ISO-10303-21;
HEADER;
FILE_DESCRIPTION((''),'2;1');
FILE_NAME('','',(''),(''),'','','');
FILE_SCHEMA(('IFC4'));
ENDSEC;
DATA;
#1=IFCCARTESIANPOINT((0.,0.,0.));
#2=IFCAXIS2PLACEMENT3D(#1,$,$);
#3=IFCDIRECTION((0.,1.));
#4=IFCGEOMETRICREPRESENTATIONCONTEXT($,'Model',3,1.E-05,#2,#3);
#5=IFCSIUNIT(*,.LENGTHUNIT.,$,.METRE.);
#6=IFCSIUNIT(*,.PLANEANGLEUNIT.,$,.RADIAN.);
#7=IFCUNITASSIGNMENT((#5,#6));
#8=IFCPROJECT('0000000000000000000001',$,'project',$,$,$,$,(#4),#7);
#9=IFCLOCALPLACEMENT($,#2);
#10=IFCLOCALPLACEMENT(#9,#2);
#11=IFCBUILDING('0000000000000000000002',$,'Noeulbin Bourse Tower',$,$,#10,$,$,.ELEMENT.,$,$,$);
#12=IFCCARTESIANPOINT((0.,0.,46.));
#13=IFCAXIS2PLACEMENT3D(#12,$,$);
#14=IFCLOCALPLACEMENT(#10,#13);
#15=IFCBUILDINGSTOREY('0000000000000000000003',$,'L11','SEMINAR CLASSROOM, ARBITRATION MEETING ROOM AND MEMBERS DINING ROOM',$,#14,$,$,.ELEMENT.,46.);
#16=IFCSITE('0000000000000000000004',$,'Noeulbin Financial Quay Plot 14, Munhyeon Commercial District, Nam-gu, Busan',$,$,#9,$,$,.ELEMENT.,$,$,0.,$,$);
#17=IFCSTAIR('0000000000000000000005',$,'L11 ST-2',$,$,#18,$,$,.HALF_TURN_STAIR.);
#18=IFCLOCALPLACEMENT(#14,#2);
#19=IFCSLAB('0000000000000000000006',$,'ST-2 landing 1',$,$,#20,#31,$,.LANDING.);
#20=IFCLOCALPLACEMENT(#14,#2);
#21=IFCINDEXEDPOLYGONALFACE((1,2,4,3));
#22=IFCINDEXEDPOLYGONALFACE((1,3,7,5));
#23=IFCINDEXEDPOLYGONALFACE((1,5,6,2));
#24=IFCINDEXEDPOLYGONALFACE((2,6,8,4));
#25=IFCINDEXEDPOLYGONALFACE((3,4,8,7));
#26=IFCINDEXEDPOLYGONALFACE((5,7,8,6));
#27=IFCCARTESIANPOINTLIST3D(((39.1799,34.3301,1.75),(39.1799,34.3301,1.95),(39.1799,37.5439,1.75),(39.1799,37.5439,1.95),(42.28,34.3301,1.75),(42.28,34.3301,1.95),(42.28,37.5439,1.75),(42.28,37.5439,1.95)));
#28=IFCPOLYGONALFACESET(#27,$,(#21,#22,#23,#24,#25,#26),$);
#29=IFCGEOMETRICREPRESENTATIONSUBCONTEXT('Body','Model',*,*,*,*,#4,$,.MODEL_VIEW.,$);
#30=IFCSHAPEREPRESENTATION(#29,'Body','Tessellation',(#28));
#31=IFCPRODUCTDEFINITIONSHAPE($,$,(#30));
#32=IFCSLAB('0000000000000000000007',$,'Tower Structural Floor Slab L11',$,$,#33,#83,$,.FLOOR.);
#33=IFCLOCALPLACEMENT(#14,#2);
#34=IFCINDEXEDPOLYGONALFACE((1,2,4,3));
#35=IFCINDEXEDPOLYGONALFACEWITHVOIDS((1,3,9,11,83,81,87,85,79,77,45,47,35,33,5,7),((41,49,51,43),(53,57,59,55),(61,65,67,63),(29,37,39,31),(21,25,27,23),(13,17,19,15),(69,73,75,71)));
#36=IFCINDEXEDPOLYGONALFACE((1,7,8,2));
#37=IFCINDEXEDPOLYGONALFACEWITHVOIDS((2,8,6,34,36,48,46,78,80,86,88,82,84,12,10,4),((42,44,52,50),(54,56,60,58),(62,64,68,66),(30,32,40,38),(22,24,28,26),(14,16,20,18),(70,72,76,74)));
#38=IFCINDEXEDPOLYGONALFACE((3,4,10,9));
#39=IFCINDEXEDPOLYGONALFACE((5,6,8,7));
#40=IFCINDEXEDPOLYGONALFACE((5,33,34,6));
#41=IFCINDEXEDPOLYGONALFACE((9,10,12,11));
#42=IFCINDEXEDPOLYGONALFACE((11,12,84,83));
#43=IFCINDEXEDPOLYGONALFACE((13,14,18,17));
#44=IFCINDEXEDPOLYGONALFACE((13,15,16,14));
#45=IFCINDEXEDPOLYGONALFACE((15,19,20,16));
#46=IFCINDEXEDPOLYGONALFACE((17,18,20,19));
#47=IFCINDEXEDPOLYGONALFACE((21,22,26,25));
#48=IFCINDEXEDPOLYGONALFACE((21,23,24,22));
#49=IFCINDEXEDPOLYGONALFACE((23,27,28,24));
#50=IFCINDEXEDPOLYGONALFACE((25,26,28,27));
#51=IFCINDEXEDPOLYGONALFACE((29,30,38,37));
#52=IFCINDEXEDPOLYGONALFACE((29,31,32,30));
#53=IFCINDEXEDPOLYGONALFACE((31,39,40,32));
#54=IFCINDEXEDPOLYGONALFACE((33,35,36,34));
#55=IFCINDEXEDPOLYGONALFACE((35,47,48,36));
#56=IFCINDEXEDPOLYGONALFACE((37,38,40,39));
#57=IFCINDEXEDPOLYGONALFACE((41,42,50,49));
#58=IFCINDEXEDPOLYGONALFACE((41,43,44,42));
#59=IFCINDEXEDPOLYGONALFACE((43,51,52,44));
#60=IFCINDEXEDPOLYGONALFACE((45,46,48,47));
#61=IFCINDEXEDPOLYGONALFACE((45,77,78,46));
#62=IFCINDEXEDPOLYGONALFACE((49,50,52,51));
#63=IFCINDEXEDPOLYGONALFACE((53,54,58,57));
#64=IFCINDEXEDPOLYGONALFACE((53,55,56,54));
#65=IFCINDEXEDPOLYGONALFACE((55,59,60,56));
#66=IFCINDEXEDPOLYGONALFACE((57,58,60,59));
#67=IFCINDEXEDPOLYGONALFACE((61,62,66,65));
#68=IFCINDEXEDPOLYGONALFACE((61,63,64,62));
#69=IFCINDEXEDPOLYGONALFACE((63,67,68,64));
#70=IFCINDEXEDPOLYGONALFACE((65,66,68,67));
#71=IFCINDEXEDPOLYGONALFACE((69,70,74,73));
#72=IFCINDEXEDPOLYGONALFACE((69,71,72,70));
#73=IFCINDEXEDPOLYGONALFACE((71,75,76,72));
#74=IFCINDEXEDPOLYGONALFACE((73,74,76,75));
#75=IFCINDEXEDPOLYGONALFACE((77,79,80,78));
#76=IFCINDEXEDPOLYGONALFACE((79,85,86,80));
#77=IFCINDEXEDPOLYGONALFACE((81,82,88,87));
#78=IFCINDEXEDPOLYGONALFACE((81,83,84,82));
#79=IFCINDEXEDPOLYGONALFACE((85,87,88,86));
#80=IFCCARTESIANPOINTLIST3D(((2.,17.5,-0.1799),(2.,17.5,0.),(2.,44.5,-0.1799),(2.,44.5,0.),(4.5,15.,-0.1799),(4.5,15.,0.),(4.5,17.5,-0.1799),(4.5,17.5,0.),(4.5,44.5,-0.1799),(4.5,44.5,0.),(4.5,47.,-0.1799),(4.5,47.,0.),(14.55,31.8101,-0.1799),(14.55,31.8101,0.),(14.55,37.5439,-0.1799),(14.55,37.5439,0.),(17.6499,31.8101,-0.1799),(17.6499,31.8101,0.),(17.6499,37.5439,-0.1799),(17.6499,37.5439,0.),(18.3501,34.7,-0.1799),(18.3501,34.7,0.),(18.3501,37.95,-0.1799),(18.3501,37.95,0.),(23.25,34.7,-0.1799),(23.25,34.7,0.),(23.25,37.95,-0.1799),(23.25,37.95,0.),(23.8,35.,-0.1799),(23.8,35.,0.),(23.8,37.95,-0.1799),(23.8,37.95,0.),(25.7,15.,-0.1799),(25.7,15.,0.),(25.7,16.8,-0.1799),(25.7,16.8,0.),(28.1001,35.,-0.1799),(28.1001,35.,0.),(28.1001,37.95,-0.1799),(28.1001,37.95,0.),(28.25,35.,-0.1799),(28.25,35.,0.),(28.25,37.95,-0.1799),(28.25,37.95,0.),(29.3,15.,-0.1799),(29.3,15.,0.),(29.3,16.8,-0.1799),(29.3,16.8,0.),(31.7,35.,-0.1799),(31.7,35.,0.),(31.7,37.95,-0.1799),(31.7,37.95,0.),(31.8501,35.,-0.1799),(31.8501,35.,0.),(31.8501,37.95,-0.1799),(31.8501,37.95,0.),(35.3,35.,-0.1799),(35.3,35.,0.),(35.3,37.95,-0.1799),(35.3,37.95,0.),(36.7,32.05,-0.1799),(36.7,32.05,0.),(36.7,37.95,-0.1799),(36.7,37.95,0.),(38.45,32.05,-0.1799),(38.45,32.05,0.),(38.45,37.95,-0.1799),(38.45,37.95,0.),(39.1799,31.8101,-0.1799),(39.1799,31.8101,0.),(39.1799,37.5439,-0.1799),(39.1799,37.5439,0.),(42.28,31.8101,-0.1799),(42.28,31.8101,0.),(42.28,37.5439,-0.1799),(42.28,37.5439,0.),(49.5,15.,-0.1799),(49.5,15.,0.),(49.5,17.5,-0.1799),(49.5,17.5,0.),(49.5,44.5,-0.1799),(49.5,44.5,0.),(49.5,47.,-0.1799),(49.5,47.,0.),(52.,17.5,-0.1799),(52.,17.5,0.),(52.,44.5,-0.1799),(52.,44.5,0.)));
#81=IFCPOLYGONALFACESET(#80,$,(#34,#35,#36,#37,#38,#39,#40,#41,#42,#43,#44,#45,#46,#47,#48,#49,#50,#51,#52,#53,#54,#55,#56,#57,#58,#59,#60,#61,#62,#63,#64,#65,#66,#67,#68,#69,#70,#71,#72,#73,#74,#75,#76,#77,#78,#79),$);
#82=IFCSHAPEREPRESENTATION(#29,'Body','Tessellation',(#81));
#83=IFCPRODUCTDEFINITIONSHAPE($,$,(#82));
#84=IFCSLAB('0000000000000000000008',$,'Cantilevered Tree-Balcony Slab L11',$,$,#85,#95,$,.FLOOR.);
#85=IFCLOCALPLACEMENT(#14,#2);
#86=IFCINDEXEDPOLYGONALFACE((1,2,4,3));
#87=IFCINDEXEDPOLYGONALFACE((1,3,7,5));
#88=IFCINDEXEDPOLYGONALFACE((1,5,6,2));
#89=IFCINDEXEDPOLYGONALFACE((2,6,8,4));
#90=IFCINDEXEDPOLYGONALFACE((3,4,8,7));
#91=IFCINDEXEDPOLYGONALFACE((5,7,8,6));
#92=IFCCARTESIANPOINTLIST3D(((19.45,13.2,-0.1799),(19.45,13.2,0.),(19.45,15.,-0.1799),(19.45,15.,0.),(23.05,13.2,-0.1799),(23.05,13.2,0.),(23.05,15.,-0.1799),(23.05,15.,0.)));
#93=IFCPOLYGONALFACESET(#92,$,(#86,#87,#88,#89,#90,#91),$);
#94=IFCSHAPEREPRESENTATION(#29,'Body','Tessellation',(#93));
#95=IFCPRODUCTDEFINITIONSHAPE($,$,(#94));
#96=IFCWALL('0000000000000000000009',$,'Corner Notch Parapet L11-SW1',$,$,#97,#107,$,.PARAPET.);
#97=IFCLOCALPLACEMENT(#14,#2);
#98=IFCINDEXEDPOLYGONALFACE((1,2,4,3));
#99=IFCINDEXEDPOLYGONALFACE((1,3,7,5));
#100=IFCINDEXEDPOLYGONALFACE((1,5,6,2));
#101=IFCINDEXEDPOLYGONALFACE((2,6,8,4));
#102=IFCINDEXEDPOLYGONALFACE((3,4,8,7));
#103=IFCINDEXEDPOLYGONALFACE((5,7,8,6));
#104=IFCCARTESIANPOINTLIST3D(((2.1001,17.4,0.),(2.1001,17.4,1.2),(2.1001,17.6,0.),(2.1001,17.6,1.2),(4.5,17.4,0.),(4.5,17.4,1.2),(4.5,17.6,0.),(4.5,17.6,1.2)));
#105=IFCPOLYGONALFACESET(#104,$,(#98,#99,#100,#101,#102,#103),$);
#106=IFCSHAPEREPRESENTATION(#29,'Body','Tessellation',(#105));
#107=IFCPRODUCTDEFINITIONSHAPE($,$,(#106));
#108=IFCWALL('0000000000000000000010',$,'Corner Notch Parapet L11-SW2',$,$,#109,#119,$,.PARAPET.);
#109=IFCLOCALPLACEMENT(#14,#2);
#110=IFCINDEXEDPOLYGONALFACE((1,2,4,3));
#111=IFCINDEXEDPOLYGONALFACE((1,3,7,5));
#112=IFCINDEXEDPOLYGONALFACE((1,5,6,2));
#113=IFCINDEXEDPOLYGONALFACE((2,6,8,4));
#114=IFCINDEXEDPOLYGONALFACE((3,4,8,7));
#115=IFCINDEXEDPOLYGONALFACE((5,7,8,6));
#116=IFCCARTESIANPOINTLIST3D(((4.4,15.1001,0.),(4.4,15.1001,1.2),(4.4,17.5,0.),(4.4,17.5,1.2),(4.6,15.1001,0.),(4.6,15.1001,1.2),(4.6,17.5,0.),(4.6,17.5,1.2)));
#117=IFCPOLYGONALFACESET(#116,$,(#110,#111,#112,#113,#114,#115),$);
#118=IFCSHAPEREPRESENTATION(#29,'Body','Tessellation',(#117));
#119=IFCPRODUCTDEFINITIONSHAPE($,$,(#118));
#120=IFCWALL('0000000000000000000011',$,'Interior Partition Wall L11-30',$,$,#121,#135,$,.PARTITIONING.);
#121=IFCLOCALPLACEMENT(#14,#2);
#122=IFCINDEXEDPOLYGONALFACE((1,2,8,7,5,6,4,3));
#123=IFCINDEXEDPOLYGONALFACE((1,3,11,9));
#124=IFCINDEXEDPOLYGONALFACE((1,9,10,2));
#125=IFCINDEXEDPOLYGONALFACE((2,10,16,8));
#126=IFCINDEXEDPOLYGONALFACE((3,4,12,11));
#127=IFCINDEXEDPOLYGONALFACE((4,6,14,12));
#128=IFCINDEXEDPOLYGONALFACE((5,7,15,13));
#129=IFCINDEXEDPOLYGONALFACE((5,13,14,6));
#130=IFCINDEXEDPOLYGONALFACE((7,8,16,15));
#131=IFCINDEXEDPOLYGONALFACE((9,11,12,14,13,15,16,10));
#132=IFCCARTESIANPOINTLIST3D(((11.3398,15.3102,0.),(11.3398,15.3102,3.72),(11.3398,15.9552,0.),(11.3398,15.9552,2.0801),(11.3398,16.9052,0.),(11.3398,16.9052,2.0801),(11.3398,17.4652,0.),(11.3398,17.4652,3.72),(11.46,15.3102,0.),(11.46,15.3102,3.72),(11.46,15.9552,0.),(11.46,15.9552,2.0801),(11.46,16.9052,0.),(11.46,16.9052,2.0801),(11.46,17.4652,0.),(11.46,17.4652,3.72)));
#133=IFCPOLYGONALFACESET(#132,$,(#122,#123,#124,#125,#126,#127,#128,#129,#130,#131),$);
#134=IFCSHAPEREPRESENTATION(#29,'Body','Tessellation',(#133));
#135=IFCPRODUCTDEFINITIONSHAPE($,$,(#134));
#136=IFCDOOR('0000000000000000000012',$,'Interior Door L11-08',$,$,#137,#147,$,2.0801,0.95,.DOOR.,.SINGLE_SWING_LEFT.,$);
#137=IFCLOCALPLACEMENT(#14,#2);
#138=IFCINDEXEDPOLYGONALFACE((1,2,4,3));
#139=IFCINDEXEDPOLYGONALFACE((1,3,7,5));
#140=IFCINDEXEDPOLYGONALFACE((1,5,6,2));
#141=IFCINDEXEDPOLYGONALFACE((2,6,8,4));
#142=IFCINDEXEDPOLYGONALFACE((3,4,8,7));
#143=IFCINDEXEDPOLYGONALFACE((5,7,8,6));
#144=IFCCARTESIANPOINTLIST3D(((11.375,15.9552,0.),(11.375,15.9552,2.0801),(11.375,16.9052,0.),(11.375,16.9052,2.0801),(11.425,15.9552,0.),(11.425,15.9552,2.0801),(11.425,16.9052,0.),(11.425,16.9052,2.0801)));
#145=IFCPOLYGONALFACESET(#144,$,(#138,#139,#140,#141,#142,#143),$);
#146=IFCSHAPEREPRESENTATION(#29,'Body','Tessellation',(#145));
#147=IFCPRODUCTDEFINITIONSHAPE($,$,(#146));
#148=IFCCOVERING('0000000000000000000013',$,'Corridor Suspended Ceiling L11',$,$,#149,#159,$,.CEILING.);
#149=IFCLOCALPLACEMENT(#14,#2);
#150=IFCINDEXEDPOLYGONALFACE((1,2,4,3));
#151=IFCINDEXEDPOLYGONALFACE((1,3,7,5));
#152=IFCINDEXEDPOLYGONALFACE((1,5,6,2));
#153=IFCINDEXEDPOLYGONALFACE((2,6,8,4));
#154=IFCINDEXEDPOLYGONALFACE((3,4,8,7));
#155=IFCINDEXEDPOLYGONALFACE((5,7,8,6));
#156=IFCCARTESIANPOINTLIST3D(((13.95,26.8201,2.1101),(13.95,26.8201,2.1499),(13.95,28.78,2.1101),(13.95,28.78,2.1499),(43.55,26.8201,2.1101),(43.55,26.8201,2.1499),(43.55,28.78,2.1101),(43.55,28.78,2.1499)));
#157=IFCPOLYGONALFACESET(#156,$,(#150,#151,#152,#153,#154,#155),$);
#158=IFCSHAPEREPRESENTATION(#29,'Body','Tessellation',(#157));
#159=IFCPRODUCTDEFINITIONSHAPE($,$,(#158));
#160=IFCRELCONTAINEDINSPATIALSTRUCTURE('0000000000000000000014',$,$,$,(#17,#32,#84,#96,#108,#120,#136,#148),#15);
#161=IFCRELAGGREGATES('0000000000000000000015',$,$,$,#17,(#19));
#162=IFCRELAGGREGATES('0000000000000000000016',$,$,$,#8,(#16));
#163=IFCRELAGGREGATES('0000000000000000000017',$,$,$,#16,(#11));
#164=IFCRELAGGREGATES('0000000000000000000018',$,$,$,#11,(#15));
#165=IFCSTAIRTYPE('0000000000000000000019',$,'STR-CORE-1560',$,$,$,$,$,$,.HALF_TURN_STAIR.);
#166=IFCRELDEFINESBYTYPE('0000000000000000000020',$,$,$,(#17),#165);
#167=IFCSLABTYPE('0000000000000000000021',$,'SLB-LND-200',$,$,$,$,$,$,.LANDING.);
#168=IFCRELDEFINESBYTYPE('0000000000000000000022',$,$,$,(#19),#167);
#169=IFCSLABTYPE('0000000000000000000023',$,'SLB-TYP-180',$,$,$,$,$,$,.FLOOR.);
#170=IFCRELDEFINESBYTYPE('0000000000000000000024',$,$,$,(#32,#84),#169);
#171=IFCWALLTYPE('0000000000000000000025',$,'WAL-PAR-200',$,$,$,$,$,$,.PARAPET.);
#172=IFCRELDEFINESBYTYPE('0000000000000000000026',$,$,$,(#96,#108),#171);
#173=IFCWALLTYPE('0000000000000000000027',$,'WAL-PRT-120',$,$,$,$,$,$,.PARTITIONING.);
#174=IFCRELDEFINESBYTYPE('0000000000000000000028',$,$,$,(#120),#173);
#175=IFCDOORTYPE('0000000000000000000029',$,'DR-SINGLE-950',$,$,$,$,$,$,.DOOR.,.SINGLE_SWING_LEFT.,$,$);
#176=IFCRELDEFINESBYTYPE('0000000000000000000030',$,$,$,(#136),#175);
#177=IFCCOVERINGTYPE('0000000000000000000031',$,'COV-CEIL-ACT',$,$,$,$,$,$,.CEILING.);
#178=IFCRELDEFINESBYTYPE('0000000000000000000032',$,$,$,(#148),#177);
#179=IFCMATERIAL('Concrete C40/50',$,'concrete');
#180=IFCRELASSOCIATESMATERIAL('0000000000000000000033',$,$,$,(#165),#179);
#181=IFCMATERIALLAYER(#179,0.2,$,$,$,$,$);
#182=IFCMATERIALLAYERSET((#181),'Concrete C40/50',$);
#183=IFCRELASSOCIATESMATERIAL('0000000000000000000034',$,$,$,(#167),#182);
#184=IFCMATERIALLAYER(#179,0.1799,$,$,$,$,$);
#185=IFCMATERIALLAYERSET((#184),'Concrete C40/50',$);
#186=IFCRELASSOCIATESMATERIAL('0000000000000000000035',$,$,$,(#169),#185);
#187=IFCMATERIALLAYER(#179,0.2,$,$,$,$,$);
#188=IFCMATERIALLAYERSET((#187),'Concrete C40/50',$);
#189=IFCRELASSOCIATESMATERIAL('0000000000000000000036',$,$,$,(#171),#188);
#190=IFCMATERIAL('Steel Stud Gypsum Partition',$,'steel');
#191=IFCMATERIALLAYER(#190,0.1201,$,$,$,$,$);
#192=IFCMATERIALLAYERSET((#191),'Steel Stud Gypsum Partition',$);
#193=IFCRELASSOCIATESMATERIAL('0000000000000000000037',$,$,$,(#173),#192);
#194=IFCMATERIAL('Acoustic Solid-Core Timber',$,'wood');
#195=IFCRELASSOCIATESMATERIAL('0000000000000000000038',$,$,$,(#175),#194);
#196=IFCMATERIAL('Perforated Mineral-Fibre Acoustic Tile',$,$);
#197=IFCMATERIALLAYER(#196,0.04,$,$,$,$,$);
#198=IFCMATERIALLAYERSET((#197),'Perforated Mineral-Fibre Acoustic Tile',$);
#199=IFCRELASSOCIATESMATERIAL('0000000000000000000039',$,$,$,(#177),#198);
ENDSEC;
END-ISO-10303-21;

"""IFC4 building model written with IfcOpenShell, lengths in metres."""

from ifc_helpers import new_model, si_unit, direction, frame, frame_2d, origin, place, context, subcontext, project, spatial, polyline, rectangle, outline, extrude, material, layer, layer_set, type_object, element, fill, aggregate, save


model = new_model("IFC4")

# Units and contexts
model_context = context("Model", 3, precision=1e-05, world=origin(), true_north=direction((0.0, 1.0)))
body_context = subcontext(model_context, "Body", "Model", "MODEL_VIEW")
ifc_project = project(units=[si_unit("LENGTHUNIT", "METRE"), si_unit("PLANEANGLEUNIT", "RADIAN")], contexts=[model_context])

# Site, building, storey
site_placement = place(None, origin())
site = spatial("IfcSite", under=ifc_project, at=site_placement, Name="Noeulbin Financial Quay Plot 14, Munhyeon Commercial District, Nam-gu, Busan", CompositionType="ELEMENT", RefElevation=0.0)
building_placement = place(site_placement, origin())
building = spatial("IfcBuilding", under=site, at=building_placement, Name="Noeulbin Bourse Tower", CompositionType="ELEMENT")
storey_placement = place(building_placement, frame((0.0, 0.0, 46.0)))
storey = spatial("IfcBuildingStorey", under=building, at=storey_placement, Name="L11", Description="SEMINAR CLASSROOM, ARBITRATION MEETING ROOM AND MEMBERS DINING ROOM", CompositionType="ELEMENT", Elevation=46.0)

# Stair, slab
ifc_material_1 = material(Name="Concrete C40/50", Category="concrete")
stair_type = type_object("IfcStairType", Name="STR-CORE-1560", PredefinedType="HALF_TURN_STAIR", material=ifc_material_1)
ifc_layer_1 = layer(ifc_material_1, 0.2)
ifc_layer_set_1 = layer_set([ifc_layer_1], Name="Concrete C40/50")
slab_type_1 = type_object("IfcSlabType", Name="SLB-LND-200", PredefinedType="LANDING", material=ifc_layer_set_1)
stair_1_placement = place(storey_placement, origin())
stair_1 = element("IfcStair", 1, at=stair_1_placement, inside=storey, type_object=stair_type, Name="L11 ST-2", PredefinedType="HALF_TURN_STAIR")
slab_1_placement = place(storey_placement, frame((0.0, 0.0, 1.75)))
slab_1 = element("IfcSlab", 2, at=slab_1_placement, type_object=slab_type_1, Name="ST-2 landing 1", PredefinedType="LANDING", context=body_context, shape_type="SweptSolid", body=[
    extrude(outline(polyline([(42.28, 34.3301), (42.28, 37.5439), (39.1799, 37.5439), (39.1799, 34.3301), (42.28, 34.3301)])), origin(), (0.0, 0.0, 1.0), 0.2),
])
aggregate(stair_1, [slab_1])

# Slab, openings
ifc_layer_2 = layer(ifc_material_1, 0.1799)
ifc_layer_set_2 = layer_set([ifc_layer_2], Name="Concrete C40/50")
slab_type_2 = type_object("IfcSlabType", Name="SLB-TYP-180", PredefinedType="FLOOR", material=ifc_layer_set_2)
slab_2_placement = place(storey_placement, frame((0.0, 0.0, -0.1799)))
slab_2 = element("IfcSlab", 3, at=slab_2_placement, inside=storey, type_object=slab_type_2, Name="Tower Structural Floor Slab L11", PredefinedType="FLOOR", context=body_context, shape_type="SweptSolid", body=[
    extrude(outline(polyline([(4.5, 15.0), (25.7, 15.0), (25.7, 16.8), (29.3, 16.8), (29.3, 15.0), (49.5, 15.0), (49.5, 17.5), (52.0, 17.5), (52.0, 44.5), (49.5, 44.5), (49.5, 47.0), (4.5, 47.0), (4.5, 44.5), (2.0, 44.5), (2.0, 17.5), (4.5, 17.5), (4.5, 15.0)]), holes=[polyline([(17.6499, 31.8101), (17.6499, 37.5439), (14.55, 37.5439), (14.55, 31.8101), (17.6499, 31.8101)]), polyline([(42.28, 31.8101), (42.28, 37.5439), (39.1799, 37.5439), (39.1799, 31.8101), (42.28, 31.8101)]), polyline([(18.3501, 34.7), (23.25, 34.7), (23.25, 37.95), (18.3501, 37.95), (18.3501, 34.7)]), polyline([(36.7, 32.05), (38.45, 32.05), (38.45, 37.95), (36.7, 37.95), (36.7, 32.05)]), polyline([(23.8, 35.0), (28.1001, 35.0), (28.1001, 37.95), (23.8, 37.95), (23.8, 35.0)]), polyline([(28.25, 35.0), (31.7, 35.0), (31.7, 37.95), (28.25, 37.95), (28.25, 35.0)]), polyline([(31.8501, 35.0), (35.3, 35.0), (35.3, 37.95), (31.8501, 37.95), (31.8501, 35.0)])]), origin(), (0.0, 0.0, 1.0), 0.1799),
])
opening_1_placement = place(slab_2_placement, frame((0.0, 0.0, -0.01)))
element("IfcOpeningElement", 4, at=opening_1_placement, cuts=slab_2, PredefinedType="OPENING", context=body_context, shape_type="SweptSolid", body=[
    extrude(outline(polyline([(17.6499, 31.8101), (17.6499, 37.5439), (14.55, 37.5439), (14.55, 31.8101), (17.6499, 31.8101)])), origin(), (0.0, 0.0, 1.0), 0.2),
])
opening_2_placement = place(slab_2_placement, frame((0.0, 0.0, -0.01)))
element("IfcOpeningElement", 5, at=opening_2_placement, cuts=slab_2, PredefinedType="OPENING", context=body_context, shape_type="SweptSolid", body=[
    extrude(outline(polyline([(42.28, 31.8101), (42.28, 37.5439), (39.1799, 37.5439), (39.1799, 31.8101), (42.28, 31.8101)])), origin(), (0.0, 0.0, 1.0), 0.2),
])
opening_3_placement = place(slab_2_placement, frame((0.0, 0.0, -0.01)))
element("IfcOpeningElement", 6, at=opening_3_placement, cuts=slab_2, PredefinedType="OPENING", context=body_context, shape_type="SweptSolid", body=[
    extrude(outline(polyline([(18.3501, 34.7), (23.25, 34.7), (23.25, 37.95), (18.3501, 37.95), (18.3501, 34.7)])), origin(), (0.0, 0.0, 1.0), 0.2),
])
opening_4_placement = place(slab_2_placement, frame((0.0, 0.0, -0.01)))
element("IfcOpeningElement", 7, at=opening_4_placement, cuts=slab_2, PredefinedType="OPENING", context=body_context, shape_type="SweptSolid", body=[
    extrude(outline(polyline([(36.7, 32.05), (38.45, 32.05), (38.45, 37.95), (36.7, 37.95), (36.7, 32.05)])), origin(), (0.0, 0.0, 1.0), 0.2),
])
opening_5_placement = place(slab_2_placement, frame((0.0, 0.0, -0.01)))
element("IfcOpeningElement", 8, at=opening_5_placement, cuts=slab_2, PredefinedType="OPENING", context=body_context, shape_type="SweptSolid", body=[
    extrude(outline(polyline([(23.8, 35.0), (28.1001, 35.0), (28.1001, 37.95), (23.8, 37.95), (23.8, 35.0)])), origin(), (0.0, 0.0, 1.0), 0.2),
])
opening_6_placement = place(slab_2_placement, frame((0.0, 0.0, -0.01)))
element("IfcOpeningElement", 9, at=opening_6_placement, cuts=slab_2, PredefinedType="OPENING", context=body_context, shape_type="SweptSolid", body=[
    extrude(outline(polyline([(28.25, 35.0), (31.7, 35.0), (31.7, 37.95), (28.25, 37.95), (28.25, 35.0)])), origin(), (0.0, 0.0, 1.0), 0.2),
])
opening_7_placement = place(slab_2_placement, frame((0.0, 0.0, -0.01)))
element("IfcOpeningElement", 10, at=opening_7_placement, cuts=slab_2, PredefinedType="OPENING", context=body_context, shape_type="SweptSolid", body=[
    extrude(outline(polyline([(31.8501, 35.0), (35.3, 35.0), (35.3, 37.95), (31.8501, 37.95), (31.8501, 35.0)])), origin(), (0.0, 0.0, 1.0), 0.2),
])

# Slab
slab_3_placement = place(storey_placement, frame((0.0, 0.0, -0.1799)))
element("IfcSlab", 11, at=slab_3_placement, inside=storey, type_object=slab_type_2, Name="Cantilevered Tree-Balcony Slab L11", PredefinedType="FLOOR", context=body_context, shape_type="SweptSolid", body=[
    extrude(outline(polyline([(19.45, 13.2), (23.05, 13.2), (23.05, 15.0), (19.45, 15.0), (19.45, 13.2)])), origin(), (0.0, 0.0, 1.0), 0.1799),
])

# Walls
ifc_layer_3 = layer(ifc_material_1, 0.2)
ifc_layer_set_3 = layer_set([ifc_layer_3], Name="Concrete C40/50")
wall_type_1 = type_object("IfcWallType", Name="WAL-PAR-200", PredefinedType="PARAPET", material=ifc_layer_set_3)
for number, where, z_axis, x_axis, name in (
    (12, (2.1001, 17.5, 0.0), (0.0, 0.0, 1.0), (1.0, 0.0, 0.0), "Corner Notch Parapet L11-SW1"),
    (13, (4.5, 17.5, 0.0), (0.0, 0.0, 1.0), (0.0, -1.0, 0.0), "Corner Notch Parapet L11-SW2"),
):
    element("IfcWall", number, at=place(storey_placement, frame(where, z_axis=z_axis, x_axis=x_axis)), inside=storey, type_object=wall_type_1, Name=name, PredefinedType="PARAPET", context=body_context, shape_type="SweptSolid", body=[
        extrude(rectangle(XDim=2.3999, YDim=0.2, at=frame_2d((1.2, 0.0))), origin(), (0.0, 0.0, 1.0), 1.2),
    ])

# Wall, opening, door
ifc_material_2 = material(Name="Steel Stud Gypsum Partition", Category="steel")
ifc_layer_4 = layer(ifc_material_2, 0.1201)
ifc_layer_set_4 = layer_set([ifc_layer_4], Name="Steel Stud Gypsum Partition")
wall_type_2 = type_object("IfcWallType", Name="WAL-PRT-120", PredefinedType="PARTITIONING", material=ifc_layer_set_4)
wall_placement = place(storey_placement, frame((11.3999, 15.3101, 0.0), z_axis=(0.0, 0.0, 1.0), x_axis=(0.0, 1.0, 0.0)))
wall = element("IfcWall", 14, at=wall_placement, inside=storey, type_object=wall_type_2, Name="Interior Partition Wall L11-30", PredefinedType="PARTITIONING", context=body_context, shape_type="SweptSolid", body=[
    extrude(rectangle(XDim=2.155, YDim=0.1201, at=frame_2d((1.0776, 0.0))), origin(), (0.0, 0.0, 1.0), 3.72),
])
opening_8_placement = place(wall_placement, frame((0.645, 0.0, 0.0)))
opening_8 = element("IfcOpeningElement", 15, at=opening_8_placement, cuts=wall, PredefinedType="OPENING", context=body_context, shape_type="SweptSolid", body=[
    extrude(rectangle(XDim=0.95, YDim=2.0801, at=frame_2d((0.4751, 1.04))), frame((0.0, 0.0701, 0.0), z_axis=(0.0, -1.0, 0.0), x_axis=(1.0, 0.0, 0.0)), (0.0, 0.0, 1.0), 0.1401),
])
ifc_material_3 = material(Name="Acoustic Solid-Core Timber", Category="wood")
door_type = type_object("IfcDoorType", Name="DR-SINGLE-950", OperationType="SINGLE_SWING_LEFT", PredefinedType="DOOR", material=ifc_material_3)
door_placement = place(opening_8_placement, origin())
door = element("IfcDoor", 16, at=door_placement, inside=storey, type_object=door_type, Name="Interior Door L11-08", OperationType="SINGLE_SWING_LEFT", OverallHeight=2.0801, OverallWidth=0.95, PredefinedType="DOOR", context=body_context, shape_type="SweptSolid", body=[
    extrude(rectangle(XDim=0.95, YDim=2.0801, at=frame_2d((0.4751, 1.04))), frame((0.0, 0.0249, 0.0), z_axis=(0.0, -1.0, 0.0), x_axis=(1.0, 0.0, 0.0)), (0.0, 0.0, 1.0), 0.05),
])
fill(opening_8, door)

# Covering
ifc_material_4 = material(Name="Perforated Mineral-Fibre Acoustic Tile")
ifc_layer_5 = layer(ifc_material_4, 0.04)
ifc_layer_set_5 = layer_set([ifc_layer_5], Name="Perforated Mineral-Fibre Acoustic Tile")
covering_type = type_object("IfcCoveringType", Name="COV-CEIL-ACT", PredefinedType="CEILING", material=ifc_layer_set_5)
covering_1_placement = place(storey_placement, frame((0.0, 0.0, 2.1101)))
element("IfcCovering", 17, at=covering_1_placement, inside=storey, type_object=covering_type, Name="Corridor Suspended Ceiling L11", PredefinedType="CEILING", context=body_context, shape_type="SweptSolid", body=[
    extrude(outline(polyline([(13.95, 26.8201), (43.55, 26.8201), (43.55, 28.78), (13.95, 28.78), (13.95, 26.8201)])), origin(), (0.0, 0.0, 1.0), 0.0398),
])

save(model, "model.ifc")
